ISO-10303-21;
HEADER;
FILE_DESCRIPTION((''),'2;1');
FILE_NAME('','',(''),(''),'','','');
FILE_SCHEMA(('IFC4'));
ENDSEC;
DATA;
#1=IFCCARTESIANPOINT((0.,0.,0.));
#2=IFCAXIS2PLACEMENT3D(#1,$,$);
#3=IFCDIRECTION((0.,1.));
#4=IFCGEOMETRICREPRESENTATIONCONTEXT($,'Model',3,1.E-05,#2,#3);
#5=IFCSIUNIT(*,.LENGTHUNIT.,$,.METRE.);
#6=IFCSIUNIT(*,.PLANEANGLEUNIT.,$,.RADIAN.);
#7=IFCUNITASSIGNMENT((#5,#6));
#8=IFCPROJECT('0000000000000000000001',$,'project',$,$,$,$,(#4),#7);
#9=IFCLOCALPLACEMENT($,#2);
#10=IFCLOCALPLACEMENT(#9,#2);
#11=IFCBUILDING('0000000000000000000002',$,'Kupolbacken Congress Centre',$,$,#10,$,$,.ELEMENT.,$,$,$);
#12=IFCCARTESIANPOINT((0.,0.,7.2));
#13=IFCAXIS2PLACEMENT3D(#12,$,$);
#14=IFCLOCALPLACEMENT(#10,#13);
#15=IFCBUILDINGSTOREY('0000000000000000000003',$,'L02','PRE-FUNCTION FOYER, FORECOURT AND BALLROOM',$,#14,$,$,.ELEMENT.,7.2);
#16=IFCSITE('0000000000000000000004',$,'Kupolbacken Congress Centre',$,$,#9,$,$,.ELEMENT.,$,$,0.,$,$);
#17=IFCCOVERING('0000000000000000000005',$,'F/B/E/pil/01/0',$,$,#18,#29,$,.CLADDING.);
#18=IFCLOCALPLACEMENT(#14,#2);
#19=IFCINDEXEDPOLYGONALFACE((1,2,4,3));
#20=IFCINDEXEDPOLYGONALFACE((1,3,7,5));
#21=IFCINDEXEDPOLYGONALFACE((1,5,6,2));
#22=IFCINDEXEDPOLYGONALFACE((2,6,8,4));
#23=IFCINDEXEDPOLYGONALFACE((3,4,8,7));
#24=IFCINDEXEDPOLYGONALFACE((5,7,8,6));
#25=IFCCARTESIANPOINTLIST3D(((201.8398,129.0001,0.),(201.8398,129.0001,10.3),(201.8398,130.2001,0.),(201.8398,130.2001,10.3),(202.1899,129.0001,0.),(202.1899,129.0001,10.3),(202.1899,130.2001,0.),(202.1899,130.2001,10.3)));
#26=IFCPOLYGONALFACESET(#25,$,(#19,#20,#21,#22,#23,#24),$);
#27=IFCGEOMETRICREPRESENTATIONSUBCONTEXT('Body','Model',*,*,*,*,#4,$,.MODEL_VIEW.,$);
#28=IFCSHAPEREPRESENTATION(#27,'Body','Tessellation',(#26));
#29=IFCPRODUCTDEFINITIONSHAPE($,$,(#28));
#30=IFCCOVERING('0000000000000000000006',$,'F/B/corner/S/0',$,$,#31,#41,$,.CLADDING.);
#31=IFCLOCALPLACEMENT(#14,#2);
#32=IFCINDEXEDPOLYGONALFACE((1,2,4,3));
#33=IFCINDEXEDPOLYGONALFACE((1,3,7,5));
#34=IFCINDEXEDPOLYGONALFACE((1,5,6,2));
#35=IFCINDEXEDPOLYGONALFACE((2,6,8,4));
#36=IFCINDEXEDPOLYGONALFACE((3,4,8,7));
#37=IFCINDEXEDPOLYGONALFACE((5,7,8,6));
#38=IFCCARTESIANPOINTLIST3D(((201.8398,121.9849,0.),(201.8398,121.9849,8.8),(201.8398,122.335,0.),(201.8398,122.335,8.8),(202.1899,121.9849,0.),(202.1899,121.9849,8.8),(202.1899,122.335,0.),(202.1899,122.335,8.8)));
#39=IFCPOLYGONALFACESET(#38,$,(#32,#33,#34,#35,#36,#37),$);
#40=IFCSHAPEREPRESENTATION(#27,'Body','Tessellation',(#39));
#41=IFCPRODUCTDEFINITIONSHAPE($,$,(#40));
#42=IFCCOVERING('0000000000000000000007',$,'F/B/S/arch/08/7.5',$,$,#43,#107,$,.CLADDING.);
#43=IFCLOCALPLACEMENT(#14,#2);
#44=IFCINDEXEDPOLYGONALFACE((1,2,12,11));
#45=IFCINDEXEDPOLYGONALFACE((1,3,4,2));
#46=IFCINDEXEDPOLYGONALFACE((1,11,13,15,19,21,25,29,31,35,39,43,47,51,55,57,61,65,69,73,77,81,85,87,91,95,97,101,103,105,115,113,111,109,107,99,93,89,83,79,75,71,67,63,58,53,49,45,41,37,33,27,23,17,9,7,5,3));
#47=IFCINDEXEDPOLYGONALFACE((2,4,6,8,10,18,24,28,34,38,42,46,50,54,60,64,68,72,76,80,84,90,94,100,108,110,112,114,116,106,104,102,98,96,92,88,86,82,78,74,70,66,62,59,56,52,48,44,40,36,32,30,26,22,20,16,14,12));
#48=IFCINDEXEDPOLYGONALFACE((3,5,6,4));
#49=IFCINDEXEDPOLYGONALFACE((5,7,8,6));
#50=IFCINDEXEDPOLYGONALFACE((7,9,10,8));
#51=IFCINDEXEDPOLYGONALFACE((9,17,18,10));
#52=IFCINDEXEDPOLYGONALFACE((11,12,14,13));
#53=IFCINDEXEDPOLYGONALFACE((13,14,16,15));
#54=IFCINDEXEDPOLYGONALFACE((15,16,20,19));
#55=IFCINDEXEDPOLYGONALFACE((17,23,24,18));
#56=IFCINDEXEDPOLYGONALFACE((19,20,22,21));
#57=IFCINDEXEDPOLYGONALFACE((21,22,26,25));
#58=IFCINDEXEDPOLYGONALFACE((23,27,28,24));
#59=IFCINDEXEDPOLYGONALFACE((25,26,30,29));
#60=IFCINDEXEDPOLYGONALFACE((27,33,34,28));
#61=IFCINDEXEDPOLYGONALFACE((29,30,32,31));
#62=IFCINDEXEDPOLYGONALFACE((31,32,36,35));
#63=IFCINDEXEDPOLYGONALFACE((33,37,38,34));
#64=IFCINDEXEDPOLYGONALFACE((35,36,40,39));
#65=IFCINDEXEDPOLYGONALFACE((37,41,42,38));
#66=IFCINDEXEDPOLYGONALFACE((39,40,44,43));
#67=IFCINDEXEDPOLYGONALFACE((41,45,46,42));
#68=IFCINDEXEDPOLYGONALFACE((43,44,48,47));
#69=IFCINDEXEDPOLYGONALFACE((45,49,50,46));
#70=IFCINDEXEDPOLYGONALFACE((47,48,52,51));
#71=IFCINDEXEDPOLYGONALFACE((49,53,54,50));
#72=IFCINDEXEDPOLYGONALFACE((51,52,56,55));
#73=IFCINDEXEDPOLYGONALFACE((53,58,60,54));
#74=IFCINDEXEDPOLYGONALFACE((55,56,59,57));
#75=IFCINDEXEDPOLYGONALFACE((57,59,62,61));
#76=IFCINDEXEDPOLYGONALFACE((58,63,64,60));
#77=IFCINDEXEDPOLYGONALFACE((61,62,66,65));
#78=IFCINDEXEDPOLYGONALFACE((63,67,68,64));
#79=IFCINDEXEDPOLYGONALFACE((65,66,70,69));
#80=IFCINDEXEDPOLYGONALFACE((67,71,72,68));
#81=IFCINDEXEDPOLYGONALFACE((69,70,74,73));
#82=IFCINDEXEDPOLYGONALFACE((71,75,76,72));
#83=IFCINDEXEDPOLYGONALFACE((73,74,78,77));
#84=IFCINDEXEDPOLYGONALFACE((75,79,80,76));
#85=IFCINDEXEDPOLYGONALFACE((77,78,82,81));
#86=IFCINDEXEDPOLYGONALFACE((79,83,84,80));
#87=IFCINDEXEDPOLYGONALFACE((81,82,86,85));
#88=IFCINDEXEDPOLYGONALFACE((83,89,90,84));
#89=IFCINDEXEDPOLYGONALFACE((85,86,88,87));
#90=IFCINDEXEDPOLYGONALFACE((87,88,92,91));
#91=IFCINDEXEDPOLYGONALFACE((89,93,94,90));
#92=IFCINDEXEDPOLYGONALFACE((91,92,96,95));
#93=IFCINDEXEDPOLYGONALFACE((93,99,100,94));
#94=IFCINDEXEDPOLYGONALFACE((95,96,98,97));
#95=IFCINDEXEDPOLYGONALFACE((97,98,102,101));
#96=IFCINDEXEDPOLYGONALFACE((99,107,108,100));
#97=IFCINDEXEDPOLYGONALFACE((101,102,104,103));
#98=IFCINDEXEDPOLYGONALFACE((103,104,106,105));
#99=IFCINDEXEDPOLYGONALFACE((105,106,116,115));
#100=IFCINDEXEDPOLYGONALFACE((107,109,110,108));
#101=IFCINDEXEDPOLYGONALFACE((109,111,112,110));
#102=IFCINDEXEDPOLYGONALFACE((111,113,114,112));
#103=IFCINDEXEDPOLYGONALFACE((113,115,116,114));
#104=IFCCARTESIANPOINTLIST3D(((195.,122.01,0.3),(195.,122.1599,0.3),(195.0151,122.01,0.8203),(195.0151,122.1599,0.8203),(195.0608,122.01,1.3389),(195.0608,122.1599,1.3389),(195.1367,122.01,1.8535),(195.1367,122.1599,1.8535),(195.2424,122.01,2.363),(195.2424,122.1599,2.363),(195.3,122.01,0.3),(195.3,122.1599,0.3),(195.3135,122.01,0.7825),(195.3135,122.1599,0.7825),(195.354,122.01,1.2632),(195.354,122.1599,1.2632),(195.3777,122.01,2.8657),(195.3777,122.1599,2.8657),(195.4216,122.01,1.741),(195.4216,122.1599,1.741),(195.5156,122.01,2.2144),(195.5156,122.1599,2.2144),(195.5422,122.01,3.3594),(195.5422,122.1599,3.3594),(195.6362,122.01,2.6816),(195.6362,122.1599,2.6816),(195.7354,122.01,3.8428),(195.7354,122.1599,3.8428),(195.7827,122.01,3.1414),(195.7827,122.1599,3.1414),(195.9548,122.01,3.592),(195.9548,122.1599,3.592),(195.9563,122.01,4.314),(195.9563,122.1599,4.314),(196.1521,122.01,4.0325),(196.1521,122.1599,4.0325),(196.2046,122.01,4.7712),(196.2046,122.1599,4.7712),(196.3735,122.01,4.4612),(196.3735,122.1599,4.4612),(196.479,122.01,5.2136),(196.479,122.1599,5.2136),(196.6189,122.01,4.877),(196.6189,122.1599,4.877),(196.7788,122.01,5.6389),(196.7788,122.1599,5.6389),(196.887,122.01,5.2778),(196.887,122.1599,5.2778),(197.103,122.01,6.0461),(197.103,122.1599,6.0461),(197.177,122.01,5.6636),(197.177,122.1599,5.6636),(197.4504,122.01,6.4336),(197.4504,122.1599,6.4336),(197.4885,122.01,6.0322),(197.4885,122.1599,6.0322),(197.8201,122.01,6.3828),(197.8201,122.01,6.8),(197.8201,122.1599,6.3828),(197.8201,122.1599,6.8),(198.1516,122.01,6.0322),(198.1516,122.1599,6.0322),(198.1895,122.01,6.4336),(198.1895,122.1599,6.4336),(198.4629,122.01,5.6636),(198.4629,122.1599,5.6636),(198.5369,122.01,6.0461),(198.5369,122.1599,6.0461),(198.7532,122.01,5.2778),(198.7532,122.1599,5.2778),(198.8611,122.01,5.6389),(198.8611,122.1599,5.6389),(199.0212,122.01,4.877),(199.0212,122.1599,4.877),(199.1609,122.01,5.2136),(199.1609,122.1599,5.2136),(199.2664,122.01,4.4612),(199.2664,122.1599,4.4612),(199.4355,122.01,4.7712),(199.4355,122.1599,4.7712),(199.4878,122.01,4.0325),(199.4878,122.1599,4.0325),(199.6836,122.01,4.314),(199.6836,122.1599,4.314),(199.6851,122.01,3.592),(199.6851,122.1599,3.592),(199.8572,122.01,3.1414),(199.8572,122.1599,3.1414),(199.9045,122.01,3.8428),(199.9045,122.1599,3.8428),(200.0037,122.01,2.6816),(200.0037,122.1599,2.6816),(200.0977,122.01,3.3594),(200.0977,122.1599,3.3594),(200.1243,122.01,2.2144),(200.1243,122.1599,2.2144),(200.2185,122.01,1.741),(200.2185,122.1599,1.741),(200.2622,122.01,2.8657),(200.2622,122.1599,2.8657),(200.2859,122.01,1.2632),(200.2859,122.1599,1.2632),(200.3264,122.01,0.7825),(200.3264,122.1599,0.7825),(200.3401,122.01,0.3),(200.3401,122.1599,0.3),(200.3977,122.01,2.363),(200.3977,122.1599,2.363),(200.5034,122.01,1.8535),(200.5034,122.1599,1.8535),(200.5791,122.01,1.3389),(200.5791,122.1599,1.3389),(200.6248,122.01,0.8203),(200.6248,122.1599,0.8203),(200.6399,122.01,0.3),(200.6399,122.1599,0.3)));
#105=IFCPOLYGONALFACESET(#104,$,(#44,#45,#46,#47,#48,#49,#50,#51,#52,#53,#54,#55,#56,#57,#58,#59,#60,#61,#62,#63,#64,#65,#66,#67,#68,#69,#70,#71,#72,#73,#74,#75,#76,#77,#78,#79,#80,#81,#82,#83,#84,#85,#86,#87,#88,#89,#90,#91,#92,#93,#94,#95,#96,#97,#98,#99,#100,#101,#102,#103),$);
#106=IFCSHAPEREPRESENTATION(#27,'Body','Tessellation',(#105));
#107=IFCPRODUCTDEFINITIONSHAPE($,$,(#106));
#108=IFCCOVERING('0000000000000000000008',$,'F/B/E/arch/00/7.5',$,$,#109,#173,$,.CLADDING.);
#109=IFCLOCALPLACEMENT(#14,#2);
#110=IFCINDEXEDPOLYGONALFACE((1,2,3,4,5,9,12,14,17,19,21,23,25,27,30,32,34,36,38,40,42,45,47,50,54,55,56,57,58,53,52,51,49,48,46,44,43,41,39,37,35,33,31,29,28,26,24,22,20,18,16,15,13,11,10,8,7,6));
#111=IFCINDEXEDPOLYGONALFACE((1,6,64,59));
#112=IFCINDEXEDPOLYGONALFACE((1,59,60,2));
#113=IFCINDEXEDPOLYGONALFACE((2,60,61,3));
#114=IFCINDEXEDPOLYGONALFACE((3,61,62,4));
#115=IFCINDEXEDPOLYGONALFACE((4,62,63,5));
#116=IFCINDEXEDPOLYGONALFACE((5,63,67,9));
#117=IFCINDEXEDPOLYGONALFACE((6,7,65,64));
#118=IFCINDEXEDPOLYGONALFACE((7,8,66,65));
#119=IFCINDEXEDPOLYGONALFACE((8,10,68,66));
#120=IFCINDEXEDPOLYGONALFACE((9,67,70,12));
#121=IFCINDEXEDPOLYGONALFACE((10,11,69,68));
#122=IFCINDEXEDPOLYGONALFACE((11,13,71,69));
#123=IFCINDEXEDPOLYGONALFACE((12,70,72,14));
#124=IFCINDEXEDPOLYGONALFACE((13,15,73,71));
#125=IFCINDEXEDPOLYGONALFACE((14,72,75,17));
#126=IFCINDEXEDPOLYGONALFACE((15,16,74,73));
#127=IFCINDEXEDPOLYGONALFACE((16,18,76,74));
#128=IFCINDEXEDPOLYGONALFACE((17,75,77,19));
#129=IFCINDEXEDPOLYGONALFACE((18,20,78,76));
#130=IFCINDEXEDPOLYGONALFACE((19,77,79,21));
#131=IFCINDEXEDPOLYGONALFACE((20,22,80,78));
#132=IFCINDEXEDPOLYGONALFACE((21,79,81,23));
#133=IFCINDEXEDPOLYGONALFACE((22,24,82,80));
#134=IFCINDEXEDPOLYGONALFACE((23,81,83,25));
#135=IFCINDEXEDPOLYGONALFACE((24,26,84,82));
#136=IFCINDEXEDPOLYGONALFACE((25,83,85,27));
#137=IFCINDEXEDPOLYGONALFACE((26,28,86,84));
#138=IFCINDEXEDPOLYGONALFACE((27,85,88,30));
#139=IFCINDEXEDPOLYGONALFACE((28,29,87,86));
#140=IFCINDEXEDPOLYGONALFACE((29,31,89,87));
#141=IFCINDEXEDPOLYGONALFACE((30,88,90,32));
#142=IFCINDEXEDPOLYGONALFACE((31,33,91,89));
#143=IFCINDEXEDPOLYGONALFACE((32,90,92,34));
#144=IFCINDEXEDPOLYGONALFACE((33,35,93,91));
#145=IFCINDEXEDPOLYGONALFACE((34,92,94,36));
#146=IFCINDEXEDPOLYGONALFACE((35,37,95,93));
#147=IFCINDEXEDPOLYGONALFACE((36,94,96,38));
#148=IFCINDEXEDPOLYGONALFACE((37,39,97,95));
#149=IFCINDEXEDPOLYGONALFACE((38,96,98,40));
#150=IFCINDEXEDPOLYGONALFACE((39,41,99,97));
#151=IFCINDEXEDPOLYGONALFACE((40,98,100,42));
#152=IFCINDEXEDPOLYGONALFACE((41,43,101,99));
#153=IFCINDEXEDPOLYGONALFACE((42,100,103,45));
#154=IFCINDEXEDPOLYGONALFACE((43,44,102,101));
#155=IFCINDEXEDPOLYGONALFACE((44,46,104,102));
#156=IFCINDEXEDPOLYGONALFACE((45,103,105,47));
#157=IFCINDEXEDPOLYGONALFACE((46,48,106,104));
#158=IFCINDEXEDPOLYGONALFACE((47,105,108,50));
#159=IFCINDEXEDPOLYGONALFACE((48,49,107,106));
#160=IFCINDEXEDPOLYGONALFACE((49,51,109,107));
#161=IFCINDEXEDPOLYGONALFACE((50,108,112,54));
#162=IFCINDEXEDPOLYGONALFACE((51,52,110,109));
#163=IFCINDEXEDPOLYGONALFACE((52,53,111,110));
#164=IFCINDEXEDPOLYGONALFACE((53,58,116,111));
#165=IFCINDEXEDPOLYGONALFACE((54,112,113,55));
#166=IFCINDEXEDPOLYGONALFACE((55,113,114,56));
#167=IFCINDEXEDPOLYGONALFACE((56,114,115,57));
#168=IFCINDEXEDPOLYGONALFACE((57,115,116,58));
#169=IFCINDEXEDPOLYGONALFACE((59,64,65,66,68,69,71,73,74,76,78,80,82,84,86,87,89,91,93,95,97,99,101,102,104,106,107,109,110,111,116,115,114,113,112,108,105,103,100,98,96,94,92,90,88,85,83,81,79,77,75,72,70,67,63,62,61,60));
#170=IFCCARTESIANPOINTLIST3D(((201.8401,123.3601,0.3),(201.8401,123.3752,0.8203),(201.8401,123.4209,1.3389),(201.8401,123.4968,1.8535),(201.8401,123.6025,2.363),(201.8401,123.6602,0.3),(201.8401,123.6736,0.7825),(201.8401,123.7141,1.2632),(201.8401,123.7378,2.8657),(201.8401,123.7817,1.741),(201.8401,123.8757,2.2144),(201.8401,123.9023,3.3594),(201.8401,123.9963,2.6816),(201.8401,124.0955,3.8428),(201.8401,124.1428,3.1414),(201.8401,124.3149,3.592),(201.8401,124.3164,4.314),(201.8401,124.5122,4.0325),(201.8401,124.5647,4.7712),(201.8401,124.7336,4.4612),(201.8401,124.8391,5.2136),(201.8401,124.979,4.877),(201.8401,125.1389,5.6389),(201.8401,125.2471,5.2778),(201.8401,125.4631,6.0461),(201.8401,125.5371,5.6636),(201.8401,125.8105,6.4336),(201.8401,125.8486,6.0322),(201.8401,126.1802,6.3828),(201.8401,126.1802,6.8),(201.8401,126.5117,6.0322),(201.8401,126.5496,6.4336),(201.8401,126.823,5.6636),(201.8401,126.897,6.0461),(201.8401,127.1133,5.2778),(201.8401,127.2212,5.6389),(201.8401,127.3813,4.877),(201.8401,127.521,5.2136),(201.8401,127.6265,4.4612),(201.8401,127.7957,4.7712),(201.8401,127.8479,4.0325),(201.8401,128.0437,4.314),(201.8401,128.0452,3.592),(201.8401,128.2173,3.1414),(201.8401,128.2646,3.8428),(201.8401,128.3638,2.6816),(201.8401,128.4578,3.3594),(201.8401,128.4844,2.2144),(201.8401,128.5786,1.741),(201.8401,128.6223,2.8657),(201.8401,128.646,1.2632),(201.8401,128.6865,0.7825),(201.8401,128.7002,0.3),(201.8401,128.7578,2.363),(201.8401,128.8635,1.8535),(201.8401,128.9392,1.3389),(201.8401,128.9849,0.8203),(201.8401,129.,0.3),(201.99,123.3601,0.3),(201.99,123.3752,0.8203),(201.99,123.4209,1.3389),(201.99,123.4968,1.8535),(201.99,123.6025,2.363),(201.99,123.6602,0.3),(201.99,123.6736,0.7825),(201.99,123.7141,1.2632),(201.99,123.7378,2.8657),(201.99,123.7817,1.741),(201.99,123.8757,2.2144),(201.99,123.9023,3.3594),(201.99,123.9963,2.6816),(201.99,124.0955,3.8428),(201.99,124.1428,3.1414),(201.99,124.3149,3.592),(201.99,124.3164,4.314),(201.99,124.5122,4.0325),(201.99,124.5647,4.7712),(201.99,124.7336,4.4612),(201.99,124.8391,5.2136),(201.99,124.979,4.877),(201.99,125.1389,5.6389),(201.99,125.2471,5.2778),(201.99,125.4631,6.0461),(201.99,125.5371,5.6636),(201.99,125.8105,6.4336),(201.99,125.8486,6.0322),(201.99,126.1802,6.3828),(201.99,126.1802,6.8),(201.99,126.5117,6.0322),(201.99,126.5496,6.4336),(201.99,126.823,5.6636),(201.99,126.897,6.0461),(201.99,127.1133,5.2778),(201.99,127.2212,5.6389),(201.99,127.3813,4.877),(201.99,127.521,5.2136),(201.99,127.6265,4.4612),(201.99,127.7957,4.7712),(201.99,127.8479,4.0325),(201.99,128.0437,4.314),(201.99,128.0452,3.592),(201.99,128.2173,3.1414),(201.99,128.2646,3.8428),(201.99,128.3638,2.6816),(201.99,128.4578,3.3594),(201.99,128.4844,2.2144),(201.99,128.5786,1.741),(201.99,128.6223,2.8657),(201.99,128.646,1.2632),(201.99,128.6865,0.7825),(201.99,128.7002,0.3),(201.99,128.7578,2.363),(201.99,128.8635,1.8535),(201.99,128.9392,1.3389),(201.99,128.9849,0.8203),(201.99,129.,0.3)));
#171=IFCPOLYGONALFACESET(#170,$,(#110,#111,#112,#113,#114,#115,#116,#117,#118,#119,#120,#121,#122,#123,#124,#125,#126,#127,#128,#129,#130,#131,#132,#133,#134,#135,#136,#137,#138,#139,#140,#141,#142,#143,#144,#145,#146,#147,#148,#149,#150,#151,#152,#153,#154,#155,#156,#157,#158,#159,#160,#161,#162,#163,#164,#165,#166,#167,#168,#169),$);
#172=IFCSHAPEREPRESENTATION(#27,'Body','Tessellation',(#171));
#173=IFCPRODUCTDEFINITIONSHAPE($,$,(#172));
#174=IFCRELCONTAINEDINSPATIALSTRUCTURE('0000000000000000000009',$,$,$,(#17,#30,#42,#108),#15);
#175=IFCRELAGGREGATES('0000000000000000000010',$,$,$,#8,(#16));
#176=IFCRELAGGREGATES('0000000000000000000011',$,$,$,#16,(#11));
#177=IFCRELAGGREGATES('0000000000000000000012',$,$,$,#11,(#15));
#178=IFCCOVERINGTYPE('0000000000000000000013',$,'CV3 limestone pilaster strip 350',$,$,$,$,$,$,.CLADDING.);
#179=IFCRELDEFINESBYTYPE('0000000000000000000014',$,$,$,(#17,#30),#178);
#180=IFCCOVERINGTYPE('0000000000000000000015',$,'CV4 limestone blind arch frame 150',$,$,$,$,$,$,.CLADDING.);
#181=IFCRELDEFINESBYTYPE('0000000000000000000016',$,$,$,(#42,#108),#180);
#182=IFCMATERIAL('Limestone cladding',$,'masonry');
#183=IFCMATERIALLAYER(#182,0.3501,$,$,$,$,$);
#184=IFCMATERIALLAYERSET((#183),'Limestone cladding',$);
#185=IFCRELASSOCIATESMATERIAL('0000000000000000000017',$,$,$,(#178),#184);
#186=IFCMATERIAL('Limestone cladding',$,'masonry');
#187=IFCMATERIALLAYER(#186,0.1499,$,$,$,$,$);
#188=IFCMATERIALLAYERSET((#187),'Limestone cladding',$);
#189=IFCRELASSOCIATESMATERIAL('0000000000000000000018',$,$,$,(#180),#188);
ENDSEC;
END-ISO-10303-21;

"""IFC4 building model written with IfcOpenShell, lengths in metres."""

from ifc_helpers import new_model, si_unit, direction, frame, origin, origin_2d, place, context, subcontext, project, spatial, polyline, rectangle, outline, extrude, material, layer, layer_set, type_object, element, save


model = new_model("IFC4")

# Units and contexts
model_context = context("Model", 3, precision=1e-05, world=origin(), true_north=direction((0.0, 1.0)))
body_context = subcontext(model_context, "Body", "Model", "MODEL_VIEW")
ifc_project = project(units=[si_unit("LENGTHUNIT", "METRE"), si_unit("PLANEANGLEUNIT", "RADIAN")], contexts=[model_context])

# Site, building, storey
site_placement = place(None, origin())
site = spatial("IfcSite", under=ifc_project, at=site_placement, Name="Kupolbacken Congress Centre", CompositionType="ELEMENT", RefElevation=0.0)
building_placement = place(site_placement, origin())
building = spatial("IfcBuilding", under=site, at=building_placement, Name="Kupolbacken Congress Centre", CompositionType="ELEMENT")
storey_placement = place(building_placement, frame((0.0, 0.0, 7.2)))
storey = spatial("IfcBuildingStorey", under=building, at=storey_placement, Name="L02", Description="PRE-FUNCTION FOYER, FORECOURT AND BALLROOM", CompositionType="ELEMENT", Elevation=7.2)

# Coverings
ifc_material_1 = material(Name="Limestone cladding", Category="masonry")
ifc_layer_1 = layer(ifc_material_1, 0.3501)
ifc_layer_set_1 = layer_set([ifc_layer_1], Name="Limestone cladding")
covering_type_1 = type_object("IfcCoveringType", Name="CV3 limestone pilaster strip 350", PredefinedType="CLADDING", material=ifc_layer_set_1)
for number, where, z_axis, x_axis, name in (
    (1, (202.0149, 129.6001, 0.0), (0.0, 0.0, 1.0), (0.0, 1.0, 0.0), "F/B/E/pil/01/0"),
):
    element("IfcCovering", number, at=place(storey_placement, frame(where, z_axis=z_axis, x_axis=x_axis)), inside=storey, type_object=covering_type_1, Name=name, PredefinedType="CLADDING", context=body_context, shape_type="SweptSolid", body=[
        extrude(rectangle(XDim=1.2, YDim=0.3501, at=origin_2d()), origin(), (0.0, 0.0, 1.0), 10.3),
    ])
covering_1_placement = place(storey_placement, frame((202.0149, 122.1599, 0.0), z_axis=(0.0, 0.0, 1.0), x_axis=(1.0, 0.0, 0.0)))
element("IfcCovering", 2, at=covering_1_placement, inside=storey, type_object=covering_type_1, Name="F/B/corner/S/0", PredefinedType="CLADDING", context=body_context, shape_type="SweptSolid", body=[
    extrude(rectangle(XDim=0.3501, YDim=0.3501, at=origin_2d()), origin(), (0.0, 0.0, 1.0), 8.8),
])
ifc_material_2 = material(Name="Limestone cladding", Category="masonry")
ifc_layer_2 = layer(ifc_material_2, 0.1499)
ifc_layer_set_2 = layer_set([ifc_layer_2], Name="Limestone cladding")
covering_type_2 = type_object("IfcCoveringType", Name="CV4 limestone blind arch frame 150", PredefinedType="CLADDING", material=ifc_layer_set_2)
covering_2_placement = place(storey_placement, frame((195.0, 122.1599, 0.3), z_axis=(0.0, -1.0, 0.0), x_axis=(1.0, 0.0, 0.0)))
element("IfcCovering", 3, at=covering_2_placement, inside=storey, type_object=covering_type_2, Name="F/B/S/arch/08/7.5", PredefinedType="CLADDING", context=body_context, shape_type="SweptSolid", body=[
    extrude(outline(polyline([(0.0, 0.0), (0.0151, 0.5203), (0.0608, 1.0388), (0.1367, 1.5535), (0.2424, 2.063), (0.3777, 2.5657), (0.5422, 3.0593), (0.7354, 3.5427), (0.9563, 4.0139), (1.2046, 4.4712), (1.479, 4.9136), (1.7788, 5.3389), (2.103, 5.7461), (2.4504, 6.1335), (2.8201, 6.5), (3.1895, 6.1335), (3.5369, 5.7461), (3.8611, 5.3389), (4.1609, 4.9136), (4.4355, 4.4712), (4.6836, 4.0139), (4.9045, 3.5427), (5.0977, 3.0593), (5.2622, 2.5657), (5.3977, 2.063), (5.5034, 1.5535), (5.5791, 1.0388), (5.6248, 0.5203), (5.6399, 0.0), (5.3401, 0.0), (5.3264, 0.4824), (5.2859, 0.9631), (5.2185, 1.4409), (5.1243, 1.9143), (5.0037, 2.3816), (4.8572, 2.8413), (4.6851, 3.292), (4.4878, 3.7324), (4.2664, 4.1611), (4.0212, 4.5769), (3.7532, 4.9778), (3.4629, 5.3635), (3.1516, 5.7322), (2.8201, 6.0828), (2.4885, 5.7322), (2.177, 5.3635), (1.887, 4.9778), (1.6189, 4.5769), (1.3735, 4.1611), (1.1521, 3.7324), (0.9548, 3.292), (0.7827, 2.8413), (0.6362, 2.3816), (0.5156, 1.9143), (0.4216, 1.4409), (0.354, 0.9631), (0.3135, 0.4824), (0.3, 0.0), (0.0, 0.0)])), origin(), (0.0, 0.0, 1.0), 0.1499),
])
covering_3_placement = place(storey_placement, frame((201.8401, 123.3601, 0.3), z_axis=(1.0, 0.0, 0.0), x_axis=(0.0, 1.0, 0.0)))
element("IfcCovering", 4, at=covering_3_placement, inside=storey, type_object=covering_type_2, Name="F/B/E/arch/00/7.5", PredefinedType="CLADDING", context=body_context, shape_type="SweptSolid", body=[
    extrude(outline(polyline([(0.0, 0.0), (0.0151, 0.5203), (0.0608, 1.0388), (0.1367, 1.5535), (0.2424, 2.063), (0.3777, 2.5657), (0.5422, 3.0593), (0.7354, 3.5427), (0.9563, 4.0139), (1.2046, 4.4712), (1.479, 4.9136), (1.7788, 5.3389), (2.103, 5.7461), (2.4504, 6.1335), (2.8201, 6.5), (3.1895, 6.1335), (3.5369, 5.7461), (3.8611, 5.3389), (4.1609, 4.9136), (4.4355, 4.4712), (4.6836, 4.0139), (4.9045, 3.5427), (5.0977, 3.0593), (5.2622, 2.5657), (5.3977, 2.063), (5.5034, 1.5535), (5.5791, 1.0388), (5.6248, 0.5203), (5.6399, 0.0), (5.3401, 0.0), (5.3264, 0.4824), (5.2859, 0.9631), (5.2185, 1.4409), (5.1243, 1.9143), (5.0037, 2.3816), (4.8572, 2.8413), (4.6851, 3.292), (4.4878, 3.7324), (4.2664, 4.1611), (4.0212, 4.5769), (3.7532, 4.9778), (3.4629, 5.3635), (3.1516, 5.7322), (2.8201, 6.0828), (2.4885, 5.7322), (2.177, 5.3635), (1.887, 4.9778), (1.6189, 4.5769), (1.3735, 4.1611), (1.1521, 3.7324), (0.9548, 3.292), (0.7827, 2.8413), (0.6362, 2.3816), (0.5156, 1.9143), (0.4216, 1.4409), (0.354, 0.9631), (0.3135, 0.4824), (0.3, 0.0), (0.0, 0.0)])), origin(), (0.0, 0.0, 1.0), 0.1499),
])

save(model, "model.ifc")
